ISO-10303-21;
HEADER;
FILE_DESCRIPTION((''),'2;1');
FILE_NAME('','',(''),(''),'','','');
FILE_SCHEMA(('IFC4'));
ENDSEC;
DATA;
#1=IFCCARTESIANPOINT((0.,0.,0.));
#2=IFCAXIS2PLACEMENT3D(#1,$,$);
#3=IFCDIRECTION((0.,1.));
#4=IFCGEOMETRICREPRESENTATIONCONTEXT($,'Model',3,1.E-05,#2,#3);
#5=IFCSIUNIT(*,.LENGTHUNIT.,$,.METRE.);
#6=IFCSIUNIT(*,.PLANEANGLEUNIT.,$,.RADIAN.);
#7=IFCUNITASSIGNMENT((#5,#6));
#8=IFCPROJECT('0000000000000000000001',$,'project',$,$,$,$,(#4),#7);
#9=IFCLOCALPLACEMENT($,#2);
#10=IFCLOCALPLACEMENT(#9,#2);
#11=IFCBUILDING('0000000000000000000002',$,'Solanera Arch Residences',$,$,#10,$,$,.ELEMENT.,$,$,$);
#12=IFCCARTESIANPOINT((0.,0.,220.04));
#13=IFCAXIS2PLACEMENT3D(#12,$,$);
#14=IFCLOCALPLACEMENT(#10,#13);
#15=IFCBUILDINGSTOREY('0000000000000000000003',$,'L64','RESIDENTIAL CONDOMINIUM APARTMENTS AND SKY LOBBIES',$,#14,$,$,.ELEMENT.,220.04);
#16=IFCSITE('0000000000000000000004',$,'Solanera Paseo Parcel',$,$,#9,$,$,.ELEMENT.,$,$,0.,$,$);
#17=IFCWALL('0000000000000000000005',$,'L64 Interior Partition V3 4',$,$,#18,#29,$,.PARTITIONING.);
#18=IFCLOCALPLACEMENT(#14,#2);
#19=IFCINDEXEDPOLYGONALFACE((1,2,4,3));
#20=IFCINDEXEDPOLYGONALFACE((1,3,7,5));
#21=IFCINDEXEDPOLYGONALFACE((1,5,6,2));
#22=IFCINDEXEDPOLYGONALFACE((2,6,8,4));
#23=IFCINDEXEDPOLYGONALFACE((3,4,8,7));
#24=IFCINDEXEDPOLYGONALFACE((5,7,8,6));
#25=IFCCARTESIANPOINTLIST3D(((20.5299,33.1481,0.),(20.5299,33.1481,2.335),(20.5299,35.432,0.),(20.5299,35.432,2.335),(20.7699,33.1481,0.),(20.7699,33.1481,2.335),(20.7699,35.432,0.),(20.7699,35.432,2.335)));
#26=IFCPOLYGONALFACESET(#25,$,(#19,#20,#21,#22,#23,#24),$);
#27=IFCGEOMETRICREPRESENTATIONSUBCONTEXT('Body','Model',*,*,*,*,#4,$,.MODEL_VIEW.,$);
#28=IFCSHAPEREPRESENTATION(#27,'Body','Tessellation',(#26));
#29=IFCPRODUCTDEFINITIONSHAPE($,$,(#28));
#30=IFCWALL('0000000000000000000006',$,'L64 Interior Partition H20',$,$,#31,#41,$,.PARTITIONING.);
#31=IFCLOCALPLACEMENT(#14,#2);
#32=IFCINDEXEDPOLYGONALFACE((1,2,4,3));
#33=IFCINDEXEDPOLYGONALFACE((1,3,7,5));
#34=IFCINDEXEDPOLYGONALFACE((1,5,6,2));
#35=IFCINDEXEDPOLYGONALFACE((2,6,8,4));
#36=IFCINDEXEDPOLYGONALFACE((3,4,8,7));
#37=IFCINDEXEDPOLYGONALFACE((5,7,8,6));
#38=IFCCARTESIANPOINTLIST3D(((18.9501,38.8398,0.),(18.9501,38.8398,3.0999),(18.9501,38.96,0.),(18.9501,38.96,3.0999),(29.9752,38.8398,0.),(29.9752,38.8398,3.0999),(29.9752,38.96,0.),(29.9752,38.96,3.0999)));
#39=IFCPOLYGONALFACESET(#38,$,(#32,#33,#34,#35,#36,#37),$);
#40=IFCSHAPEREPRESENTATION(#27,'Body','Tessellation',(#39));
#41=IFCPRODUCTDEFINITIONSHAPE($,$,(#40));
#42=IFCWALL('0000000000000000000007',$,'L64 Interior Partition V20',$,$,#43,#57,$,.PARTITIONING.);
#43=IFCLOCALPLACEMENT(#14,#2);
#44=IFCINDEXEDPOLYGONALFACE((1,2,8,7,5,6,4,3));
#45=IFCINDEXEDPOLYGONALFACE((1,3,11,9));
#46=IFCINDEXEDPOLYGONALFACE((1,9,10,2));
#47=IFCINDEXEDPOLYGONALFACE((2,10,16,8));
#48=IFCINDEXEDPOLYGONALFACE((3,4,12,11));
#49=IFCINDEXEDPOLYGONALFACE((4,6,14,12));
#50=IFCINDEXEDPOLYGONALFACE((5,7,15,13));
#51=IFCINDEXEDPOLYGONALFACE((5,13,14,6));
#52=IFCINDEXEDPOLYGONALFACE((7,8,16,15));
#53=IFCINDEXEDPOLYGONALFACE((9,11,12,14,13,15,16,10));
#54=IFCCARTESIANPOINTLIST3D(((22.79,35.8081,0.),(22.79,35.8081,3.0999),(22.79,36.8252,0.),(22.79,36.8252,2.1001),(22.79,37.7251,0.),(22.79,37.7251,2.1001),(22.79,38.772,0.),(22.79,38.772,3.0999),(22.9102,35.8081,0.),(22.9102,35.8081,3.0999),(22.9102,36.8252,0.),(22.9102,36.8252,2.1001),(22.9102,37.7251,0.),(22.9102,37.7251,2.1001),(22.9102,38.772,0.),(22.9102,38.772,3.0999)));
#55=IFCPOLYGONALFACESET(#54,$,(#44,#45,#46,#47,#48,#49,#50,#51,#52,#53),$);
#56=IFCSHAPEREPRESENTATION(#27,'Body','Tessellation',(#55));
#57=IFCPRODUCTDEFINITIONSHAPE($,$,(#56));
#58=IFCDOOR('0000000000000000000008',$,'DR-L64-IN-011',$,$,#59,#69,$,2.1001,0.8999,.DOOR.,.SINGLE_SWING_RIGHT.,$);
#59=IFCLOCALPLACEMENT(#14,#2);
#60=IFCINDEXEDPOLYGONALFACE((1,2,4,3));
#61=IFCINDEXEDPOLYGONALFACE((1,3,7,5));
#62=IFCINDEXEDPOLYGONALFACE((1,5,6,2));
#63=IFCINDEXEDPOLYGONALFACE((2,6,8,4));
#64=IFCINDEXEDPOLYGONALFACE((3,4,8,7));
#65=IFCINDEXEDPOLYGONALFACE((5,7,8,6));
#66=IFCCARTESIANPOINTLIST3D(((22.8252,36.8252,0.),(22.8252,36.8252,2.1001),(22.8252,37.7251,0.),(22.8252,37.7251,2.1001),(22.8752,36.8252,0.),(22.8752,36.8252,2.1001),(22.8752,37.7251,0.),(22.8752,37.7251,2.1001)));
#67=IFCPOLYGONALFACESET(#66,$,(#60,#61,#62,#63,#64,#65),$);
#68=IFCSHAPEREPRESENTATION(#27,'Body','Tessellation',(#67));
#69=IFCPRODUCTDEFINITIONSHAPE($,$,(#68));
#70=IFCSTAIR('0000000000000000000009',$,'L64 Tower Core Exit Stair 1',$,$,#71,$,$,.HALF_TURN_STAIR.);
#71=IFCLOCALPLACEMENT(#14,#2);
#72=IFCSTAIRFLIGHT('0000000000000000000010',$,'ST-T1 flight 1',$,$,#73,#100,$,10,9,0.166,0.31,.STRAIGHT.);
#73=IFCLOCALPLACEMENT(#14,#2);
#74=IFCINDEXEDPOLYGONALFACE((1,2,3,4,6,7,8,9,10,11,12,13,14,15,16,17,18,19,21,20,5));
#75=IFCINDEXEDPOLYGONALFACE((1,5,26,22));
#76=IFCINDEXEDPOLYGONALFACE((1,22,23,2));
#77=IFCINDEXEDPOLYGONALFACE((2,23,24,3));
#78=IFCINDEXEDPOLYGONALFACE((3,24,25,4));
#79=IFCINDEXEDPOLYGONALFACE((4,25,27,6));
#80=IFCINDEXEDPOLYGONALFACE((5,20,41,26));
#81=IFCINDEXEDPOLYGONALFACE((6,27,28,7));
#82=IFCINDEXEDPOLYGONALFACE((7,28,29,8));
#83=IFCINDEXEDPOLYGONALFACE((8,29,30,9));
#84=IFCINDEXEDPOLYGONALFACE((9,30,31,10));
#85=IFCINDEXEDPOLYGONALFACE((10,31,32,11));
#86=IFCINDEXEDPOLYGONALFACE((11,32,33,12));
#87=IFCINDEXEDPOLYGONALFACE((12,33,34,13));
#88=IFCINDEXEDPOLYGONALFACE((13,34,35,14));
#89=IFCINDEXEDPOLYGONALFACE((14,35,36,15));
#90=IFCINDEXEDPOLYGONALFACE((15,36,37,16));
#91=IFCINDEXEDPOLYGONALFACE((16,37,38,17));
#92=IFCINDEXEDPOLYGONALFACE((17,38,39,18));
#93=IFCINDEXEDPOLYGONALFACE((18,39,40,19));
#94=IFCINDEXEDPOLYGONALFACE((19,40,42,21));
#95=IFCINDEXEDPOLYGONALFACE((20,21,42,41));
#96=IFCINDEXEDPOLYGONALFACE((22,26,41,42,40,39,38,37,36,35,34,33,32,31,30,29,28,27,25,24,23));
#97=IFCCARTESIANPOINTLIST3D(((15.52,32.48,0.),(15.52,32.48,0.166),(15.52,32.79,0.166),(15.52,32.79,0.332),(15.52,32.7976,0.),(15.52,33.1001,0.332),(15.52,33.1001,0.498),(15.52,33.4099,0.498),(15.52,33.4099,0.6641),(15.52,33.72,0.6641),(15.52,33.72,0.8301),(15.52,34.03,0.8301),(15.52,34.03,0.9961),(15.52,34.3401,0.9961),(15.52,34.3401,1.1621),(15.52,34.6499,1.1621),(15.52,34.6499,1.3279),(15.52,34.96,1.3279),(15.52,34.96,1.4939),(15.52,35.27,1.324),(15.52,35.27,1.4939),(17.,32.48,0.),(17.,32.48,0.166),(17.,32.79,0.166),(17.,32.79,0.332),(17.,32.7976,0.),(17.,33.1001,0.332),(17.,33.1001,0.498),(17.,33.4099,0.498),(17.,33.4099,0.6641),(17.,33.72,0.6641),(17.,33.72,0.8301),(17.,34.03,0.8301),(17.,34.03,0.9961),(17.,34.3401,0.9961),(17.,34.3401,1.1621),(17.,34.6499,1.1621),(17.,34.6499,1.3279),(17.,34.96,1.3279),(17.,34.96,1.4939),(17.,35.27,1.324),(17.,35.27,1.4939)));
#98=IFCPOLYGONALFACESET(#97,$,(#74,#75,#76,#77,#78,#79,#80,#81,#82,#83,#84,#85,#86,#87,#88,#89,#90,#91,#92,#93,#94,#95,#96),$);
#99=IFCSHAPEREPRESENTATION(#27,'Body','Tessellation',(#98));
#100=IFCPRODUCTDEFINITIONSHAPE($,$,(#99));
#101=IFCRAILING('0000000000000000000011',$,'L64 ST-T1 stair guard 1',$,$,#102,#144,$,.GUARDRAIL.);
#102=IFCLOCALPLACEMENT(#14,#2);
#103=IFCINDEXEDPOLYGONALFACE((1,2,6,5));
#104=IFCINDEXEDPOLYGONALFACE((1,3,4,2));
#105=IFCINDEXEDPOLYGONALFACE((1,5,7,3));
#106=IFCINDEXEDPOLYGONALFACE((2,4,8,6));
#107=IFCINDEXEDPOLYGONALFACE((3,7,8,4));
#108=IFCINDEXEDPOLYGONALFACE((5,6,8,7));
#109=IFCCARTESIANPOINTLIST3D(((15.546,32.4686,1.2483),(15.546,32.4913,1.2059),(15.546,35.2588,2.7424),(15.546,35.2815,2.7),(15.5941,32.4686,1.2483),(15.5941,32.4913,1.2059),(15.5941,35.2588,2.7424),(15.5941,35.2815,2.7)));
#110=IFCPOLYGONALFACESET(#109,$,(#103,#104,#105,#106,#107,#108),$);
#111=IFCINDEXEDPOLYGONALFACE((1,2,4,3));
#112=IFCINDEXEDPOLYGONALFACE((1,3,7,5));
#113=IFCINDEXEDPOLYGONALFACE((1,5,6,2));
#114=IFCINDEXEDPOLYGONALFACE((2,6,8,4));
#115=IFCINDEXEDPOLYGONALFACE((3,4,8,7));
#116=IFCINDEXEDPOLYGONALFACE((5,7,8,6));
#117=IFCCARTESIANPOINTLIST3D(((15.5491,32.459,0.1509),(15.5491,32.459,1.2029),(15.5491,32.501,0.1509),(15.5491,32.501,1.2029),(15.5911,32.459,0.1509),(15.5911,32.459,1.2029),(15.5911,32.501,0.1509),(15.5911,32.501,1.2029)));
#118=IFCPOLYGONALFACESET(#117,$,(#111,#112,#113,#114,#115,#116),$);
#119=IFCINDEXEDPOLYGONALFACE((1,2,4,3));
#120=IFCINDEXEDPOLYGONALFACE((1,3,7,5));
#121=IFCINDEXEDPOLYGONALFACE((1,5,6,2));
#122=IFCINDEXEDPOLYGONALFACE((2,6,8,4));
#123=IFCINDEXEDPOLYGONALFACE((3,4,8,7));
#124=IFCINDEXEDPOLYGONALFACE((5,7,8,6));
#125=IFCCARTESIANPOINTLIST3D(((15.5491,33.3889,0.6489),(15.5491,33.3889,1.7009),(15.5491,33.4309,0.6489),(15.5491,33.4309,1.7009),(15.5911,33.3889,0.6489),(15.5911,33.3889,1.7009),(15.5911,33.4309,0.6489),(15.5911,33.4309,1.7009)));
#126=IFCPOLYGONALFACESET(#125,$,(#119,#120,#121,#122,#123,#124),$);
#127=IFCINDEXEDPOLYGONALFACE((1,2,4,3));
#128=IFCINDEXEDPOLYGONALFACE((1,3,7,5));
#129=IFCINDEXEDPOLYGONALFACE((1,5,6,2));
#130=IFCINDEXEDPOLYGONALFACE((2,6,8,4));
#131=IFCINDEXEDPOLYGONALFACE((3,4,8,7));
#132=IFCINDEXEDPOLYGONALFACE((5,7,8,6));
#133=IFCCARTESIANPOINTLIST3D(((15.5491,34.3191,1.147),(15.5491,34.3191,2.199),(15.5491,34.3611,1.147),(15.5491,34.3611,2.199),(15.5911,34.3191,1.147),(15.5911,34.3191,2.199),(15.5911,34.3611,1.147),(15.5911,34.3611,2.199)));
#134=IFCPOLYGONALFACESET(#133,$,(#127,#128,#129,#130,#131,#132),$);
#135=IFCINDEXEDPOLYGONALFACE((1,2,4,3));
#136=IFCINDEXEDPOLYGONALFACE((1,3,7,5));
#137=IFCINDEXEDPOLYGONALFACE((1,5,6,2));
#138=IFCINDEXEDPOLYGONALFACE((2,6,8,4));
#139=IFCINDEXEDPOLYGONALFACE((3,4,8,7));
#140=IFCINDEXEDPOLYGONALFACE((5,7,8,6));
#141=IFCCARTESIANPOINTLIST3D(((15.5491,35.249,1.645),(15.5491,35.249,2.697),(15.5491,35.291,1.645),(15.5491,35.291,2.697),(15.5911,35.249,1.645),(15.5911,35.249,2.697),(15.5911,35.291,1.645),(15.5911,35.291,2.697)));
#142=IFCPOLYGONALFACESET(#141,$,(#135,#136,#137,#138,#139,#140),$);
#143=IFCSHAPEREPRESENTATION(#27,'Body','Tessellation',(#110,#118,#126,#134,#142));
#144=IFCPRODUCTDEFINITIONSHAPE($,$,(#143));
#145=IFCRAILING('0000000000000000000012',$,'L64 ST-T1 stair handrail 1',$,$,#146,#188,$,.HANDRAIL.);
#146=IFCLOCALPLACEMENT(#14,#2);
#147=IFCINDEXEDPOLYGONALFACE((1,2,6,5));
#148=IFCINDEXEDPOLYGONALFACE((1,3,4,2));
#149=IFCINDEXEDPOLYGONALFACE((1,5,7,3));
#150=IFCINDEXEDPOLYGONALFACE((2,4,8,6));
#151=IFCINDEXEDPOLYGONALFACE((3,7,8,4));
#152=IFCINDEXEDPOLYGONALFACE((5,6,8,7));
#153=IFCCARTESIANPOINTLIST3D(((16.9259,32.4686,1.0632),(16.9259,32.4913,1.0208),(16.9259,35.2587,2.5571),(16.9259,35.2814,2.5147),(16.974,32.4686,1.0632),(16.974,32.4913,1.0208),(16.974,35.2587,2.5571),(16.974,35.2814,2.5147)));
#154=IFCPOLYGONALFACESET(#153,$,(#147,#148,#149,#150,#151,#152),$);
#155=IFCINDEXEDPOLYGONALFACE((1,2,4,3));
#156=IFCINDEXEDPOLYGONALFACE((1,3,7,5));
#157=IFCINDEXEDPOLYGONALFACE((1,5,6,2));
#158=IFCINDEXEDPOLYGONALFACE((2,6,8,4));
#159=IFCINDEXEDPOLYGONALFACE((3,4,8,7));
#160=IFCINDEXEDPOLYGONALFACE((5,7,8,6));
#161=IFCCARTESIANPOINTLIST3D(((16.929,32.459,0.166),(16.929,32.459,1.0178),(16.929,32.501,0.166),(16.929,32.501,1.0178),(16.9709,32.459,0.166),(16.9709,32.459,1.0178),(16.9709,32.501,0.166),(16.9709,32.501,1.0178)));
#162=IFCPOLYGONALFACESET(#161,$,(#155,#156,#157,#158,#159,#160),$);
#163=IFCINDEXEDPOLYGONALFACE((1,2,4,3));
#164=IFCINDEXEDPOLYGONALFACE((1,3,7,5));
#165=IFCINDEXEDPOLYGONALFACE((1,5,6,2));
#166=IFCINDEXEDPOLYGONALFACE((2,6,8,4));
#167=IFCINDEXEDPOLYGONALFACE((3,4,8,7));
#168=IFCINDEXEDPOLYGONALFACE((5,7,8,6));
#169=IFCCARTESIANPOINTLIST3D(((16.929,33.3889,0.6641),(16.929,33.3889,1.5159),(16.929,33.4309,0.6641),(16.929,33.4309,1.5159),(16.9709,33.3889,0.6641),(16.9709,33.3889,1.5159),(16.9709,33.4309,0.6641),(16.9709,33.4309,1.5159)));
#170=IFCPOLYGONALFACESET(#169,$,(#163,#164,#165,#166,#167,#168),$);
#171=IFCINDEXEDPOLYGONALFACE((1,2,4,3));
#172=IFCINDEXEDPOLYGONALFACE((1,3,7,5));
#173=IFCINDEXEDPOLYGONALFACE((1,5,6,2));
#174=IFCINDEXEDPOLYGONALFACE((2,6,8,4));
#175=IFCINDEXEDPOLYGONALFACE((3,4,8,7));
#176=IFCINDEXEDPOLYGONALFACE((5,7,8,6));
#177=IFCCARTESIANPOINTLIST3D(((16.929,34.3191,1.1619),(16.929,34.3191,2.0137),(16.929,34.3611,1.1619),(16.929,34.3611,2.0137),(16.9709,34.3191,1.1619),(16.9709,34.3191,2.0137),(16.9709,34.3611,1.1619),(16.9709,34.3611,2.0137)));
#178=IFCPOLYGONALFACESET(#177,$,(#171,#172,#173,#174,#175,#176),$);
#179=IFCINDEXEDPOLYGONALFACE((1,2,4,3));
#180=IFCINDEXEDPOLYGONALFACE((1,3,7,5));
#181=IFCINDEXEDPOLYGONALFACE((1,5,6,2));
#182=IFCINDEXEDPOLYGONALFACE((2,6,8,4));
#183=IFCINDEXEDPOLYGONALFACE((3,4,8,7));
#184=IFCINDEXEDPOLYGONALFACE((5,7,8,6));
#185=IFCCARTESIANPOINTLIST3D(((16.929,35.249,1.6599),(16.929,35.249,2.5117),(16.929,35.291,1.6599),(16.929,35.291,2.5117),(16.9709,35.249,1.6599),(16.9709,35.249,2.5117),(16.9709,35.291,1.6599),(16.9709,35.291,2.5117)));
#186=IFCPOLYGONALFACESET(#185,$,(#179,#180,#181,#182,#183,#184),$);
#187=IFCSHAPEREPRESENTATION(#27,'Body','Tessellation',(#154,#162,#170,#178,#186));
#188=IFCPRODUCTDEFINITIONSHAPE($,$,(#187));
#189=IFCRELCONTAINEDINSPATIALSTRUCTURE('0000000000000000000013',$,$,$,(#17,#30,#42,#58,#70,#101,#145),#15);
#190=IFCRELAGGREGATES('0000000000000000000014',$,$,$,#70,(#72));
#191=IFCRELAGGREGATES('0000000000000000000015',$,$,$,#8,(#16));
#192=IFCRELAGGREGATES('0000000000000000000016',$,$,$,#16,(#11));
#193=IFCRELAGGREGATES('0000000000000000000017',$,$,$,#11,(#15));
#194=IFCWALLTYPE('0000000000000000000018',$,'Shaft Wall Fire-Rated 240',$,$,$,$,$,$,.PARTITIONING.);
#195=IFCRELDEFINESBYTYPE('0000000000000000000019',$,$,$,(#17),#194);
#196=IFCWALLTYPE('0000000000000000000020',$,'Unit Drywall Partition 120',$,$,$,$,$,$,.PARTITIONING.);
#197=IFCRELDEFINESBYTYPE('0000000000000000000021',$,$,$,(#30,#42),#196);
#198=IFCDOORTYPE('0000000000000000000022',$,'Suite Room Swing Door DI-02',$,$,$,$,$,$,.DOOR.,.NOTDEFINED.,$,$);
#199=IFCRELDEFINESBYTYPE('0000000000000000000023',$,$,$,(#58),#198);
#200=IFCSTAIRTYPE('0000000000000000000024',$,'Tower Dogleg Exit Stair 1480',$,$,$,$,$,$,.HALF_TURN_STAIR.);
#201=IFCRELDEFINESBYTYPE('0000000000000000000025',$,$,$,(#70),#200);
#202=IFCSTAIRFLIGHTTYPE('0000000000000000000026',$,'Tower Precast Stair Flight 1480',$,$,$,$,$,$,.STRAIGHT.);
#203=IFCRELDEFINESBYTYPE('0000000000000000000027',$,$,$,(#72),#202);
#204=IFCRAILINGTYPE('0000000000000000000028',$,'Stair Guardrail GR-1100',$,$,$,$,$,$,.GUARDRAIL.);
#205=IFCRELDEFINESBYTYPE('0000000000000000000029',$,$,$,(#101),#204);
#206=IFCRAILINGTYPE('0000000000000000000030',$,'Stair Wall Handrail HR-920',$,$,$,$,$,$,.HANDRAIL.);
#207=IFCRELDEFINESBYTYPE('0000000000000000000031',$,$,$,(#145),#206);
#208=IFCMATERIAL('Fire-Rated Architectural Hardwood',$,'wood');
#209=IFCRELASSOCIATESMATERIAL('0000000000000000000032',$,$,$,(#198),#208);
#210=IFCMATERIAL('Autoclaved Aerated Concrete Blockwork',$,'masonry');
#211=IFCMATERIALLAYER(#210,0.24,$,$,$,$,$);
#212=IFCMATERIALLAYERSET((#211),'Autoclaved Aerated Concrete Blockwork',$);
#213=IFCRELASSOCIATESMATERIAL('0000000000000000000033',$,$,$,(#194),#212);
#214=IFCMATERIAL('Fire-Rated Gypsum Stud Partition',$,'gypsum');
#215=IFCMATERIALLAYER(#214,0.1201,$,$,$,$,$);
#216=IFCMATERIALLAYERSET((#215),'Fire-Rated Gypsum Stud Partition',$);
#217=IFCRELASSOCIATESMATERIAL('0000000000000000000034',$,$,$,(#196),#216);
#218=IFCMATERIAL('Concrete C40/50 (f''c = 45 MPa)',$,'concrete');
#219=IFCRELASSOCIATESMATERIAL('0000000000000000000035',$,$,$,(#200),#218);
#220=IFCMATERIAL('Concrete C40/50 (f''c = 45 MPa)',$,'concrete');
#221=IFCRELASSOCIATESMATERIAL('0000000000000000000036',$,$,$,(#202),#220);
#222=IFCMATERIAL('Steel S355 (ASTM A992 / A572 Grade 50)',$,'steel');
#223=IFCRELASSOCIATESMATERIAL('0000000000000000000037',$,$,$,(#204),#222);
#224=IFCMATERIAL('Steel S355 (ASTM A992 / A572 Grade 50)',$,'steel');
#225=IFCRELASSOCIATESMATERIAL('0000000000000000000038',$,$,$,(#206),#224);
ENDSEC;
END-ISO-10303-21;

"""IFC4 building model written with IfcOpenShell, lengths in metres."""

from ifc_helpers import new_model, si_unit, direction, frame, frame_2d, origin, origin_2d, place, context, subcontext, project, spatial, polyline, rectangle, outline, extrude, material, layer, layer_set, type_object, element, fill, aggregate, save


model = new_model("IFC4")

# Units and contexts
model_context = context("Model", 3, precision=1e-05, world=origin(), true_north=direction((0.0, 1.0)))
body_context = subcontext(model_context, "Body", "Model", "MODEL_VIEW")
ifc_project = project(units=[si_unit("LENGTHUNIT", "METRE"), si_unit("PLANEANGLEUNIT", "RADIAN")], contexts=[model_context])

# Site, building, storey
site_placement = place(None, origin())
site = spatial("IfcSite", under=ifc_project, at=site_placement, Name="Solanera Paseo Parcel", CompositionType="ELEMENT", RefElevation=0.0)
building_placement = place(site_placement, origin())
building = spatial("IfcBuilding", under=site, at=building_placement, Name="Solanera Arch Residences", CompositionType="ELEMENT")
storey_placement = place(building_placement, frame((0.0, 0.0, 220.04)))
storey = spatial("IfcBuildingStorey", under=building, at=storey_placement, Name="L64", Description="RESIDENTIAL CONDOMINIUM APARTMENTS AND SKY LOBBIES", CompositionType="ELEMENT", Elevation=220.04)

# Shared definitions
ifc_material_1 = material(Name="Fire-Rated Architectural Hardwood", Category="wood")
door_type_1 = type_object("IfcDoorType", Name="Suite Room Swing Door DI-02", OperationType="NOTDEFINED", PredefinedType="DOOR", material=ifc_material_1)

# Shared definitions
ifc_material_2 = material(Name="Autoclaved Aerated Concrete Blockwork", Category="masonry")
ifc_layer_1 = layer(ifc_material_2, 0.24)
ifc_layer_set_1 = layer_set([ifc_layer_1], Name="Autoclaved Aerated Concrete Blockwork")
wall_type_1 = type_object("IfcWallType", Name="Shaft Wall Fire-Rated 240", PredefinedType="PARTITIONING", material=ifc_layer_set_1)

# Walls
wall_1_placement = place(storey_placement, frame((20.6499, 33.1479, 0.0), z_axis=(0.0, 0.0, 1.0), x_axis=(0.0, 1.0, 0.0)))
element("IfcWall", 1, at=wall_1_placement, inside=storey, type_object=wall_type_1, Name="L64 Interior Partition V3 4", PredefinedType="PARTITIONING", context=body_context, shape_type="SweptSolid", body=[
    extrude(rectangle(XDim=2.2839, YDim=0.24, at=frame_2d((1.1421, 0.0))), origin(), (0.0, 0.0, 1.0), 2.335),
])
ifc_material_3 = material(Name="Fire-Rated Gypsum Stud Partition", Category="gypsum")
ifc_layer_2 = layer(ifc_material_3, 0.1201)
ifc_layer_set_2 = layer_set([ifc_layer_2], Name="Fire-Rated Gypsum Stud Partition")
wall_type_2 = type_object("IfcWallType", Name="Unit Drywall Partition 120", PredefinedType="PARTITIONING", material=ifc_layer_set_2)
wall_2_placement = place(storey_placement, frame((18.95, 38.8999, 0.0), z_axis=(0.0, 0.0, 1.0), x_axis=(1.0, 0.0, 0.0)))
element("IfcWall", 2, at=wall_2_placement, inside=storey, type_object=wall_type_2, Name="L64 Interior Partition H20", PredefinedType="PARTITIONING", context=body_context, shape_type="SweptSolid", body=[
    extrude(rectangle(XDim=11.0251, YDim=0.1201, at=frame_2d((5.5127, 0.0))), origin(), (0.0, 0.0, 1.0), 3.0999),
])

# Wall, opening, door
wall_3_placement = place(storey_placement, frame((22.8501, 35.8081, 0.0), z_axis=(0.0, 0.0, 1.0), x_axis=(0.0, 1.0, 0.0)))
wall_3 = element("IfcWall", 3, at=wall_3_placement, inside=storey, type_object=wall_type_2, Name="L64 Interior Partition V20", PredefinedType="PARTITIONING", context=body_context, shape_type="SweptSolid", body=[
    extrude(rectangle(XDim=2.9639, YDim=0.1201, at=frame_2d((1.4819, 0.0))), origin(), (0.0, 0.0, 1.0), 3.0999),
])
opening_1_placement = place(wall_3_placement, frame((1.0171, 0.0, 0.0)))
opening_1 = element("IfcOpeningElement", 4, at=opening_1_placement, cuts=wall_3, PredefinedType="OPENING", context=body_context, shape_type="SweptSolid", body=[
    extrude(rectangle(XDim=0.8999, YDim=2.1001, at=frame_2d((0.45, 1.05))), frame((0.0, 0.0701, 0.0), z_axis=(0.0, -1.0, 0.0), x_axis=(1.0, 0.0, 0.0)), (0.0, 0.0, 1.0), 0.1401),
])
door_1_placement = place(opening_1_placement, origin())
door_1 = element("IfcDoor", 5, at=door_1_placement, inside=storey, type_object=door_type_1, Name="DR-L64-IN-011", OperationType="SINGLE_SWING_RIGHT", OverallHeight=2.1001, OverallWidth=0.8999, PredefinedType="DOOR", context=body_context, shape_type="SweptSolid", body=[
    extrude(rectangle(XDim=0.8999, YDim=2.1001, at=frame_2d((0.45, 1.05))), frame((0.0, 0.0249, 0.0), z_axis=(0.0, -1.0, 0.0), x_axis=(1.0, 0.0, 0.0)), (0.0, 0.0, 1.0), 0.05),
])
fill(opening_1, door_1)

# Stair, stair flight
ifc_material_4 = material(Name="Concrete C40/50 (f'c = 45 MPa)", Category="concrete")
stair_type = type_object("IfcStairType", Name="Tower Dogleg Exit Stair 1480", PredefinedType="HALF_TURN_STAIR", material=ifc_material_4)
stair_placement = place(storey_placement, origin())
stair = element("IfcStair", 6, at=stair_placement, inside=storey, type_object=stair_type, Name="L64 Tower Core Exit Stair 1", PredefinedType="HALF_TURN_STAIR")
ifc_material_5 = material(Name="Concrete C40/50 (f'c = 45 MPa)", Category="concrete")
stair_flight_type = type_object("IfcStairFlightType", Name="Tower Precast Stair Flight 1480", PredefinedType="STRAIGHT", material=ifc_material_5)
stair_flight_placement = place(storey_placement, frame((16.26, 32.48, 0.0), z_axis=(0.0, 0.0, 1.0), x_axis=(0.0, 1.0, 0.0)))
stair_flight = element("IfcStairFlight", 7, at=stair_flight_placement, type_object=stair_flight_type, Name="ST-T1 flight 1", NumberOfRisers=10, NumberOfTreads=9, PredefinedType="STRAIGHT", RiserHeight=0.166, TreadLength=0.31, context=body_context, shape_type="SweptSolid", body=[
    extrude(outline(polyline([(0.0, 0.0), (0.0, 0.166), (0.3101, 0.166), (0.3101, 0.332), (0.6201, 0.332), (0.6201, 0.498), (0.9299, 0.498), (0.9299, 0.6641), (1.24, 0.6641), (1.24, 0.8301), (1.55, 0.8301), (1.55, 0.9961), (1.8601, 0.9961), (1.8601, 1.1621), (2.1699, 1.1621), (2.1699, 1.3279), (2.48, 1.3279), (2.48, 1.4939), (2.79, 1.4939), (2.79, 1.6599), (2.79, 1.324), (0.3176, 0.0), (0.0, 0.0)])), frame((0.0, 0.74, 0.0), z_axis=(0.0, -1.0, 0.0), x_axis=(1.0, 0.0, 0.0)), (0.0, 0.0, 1.0), 1.48),
])
aggregate(stair, [stair_flight])

# Railings
ifc_material_6 = material(Name="Steel S355 (ASTM A992 / A572 Grade 50)", Category="steel")
railing_type_1 = type_object("IfcRailingType", Name="Stair Guardrail GR-1100", PredefinedType="GUARDRAIL", material=ifc_material_6)
railing_1_placement = place(storey_placement, frame((15.5701, 32.48, 0.1509)))
element("IfcRailing", 8, at=railing_1_placement, inside=storey, type_object=railing_type_1, Name="L64 ST-T1 stair guard 1", PredefinedType="GUARDRAIL", context=body_context, shape_type="SweptSolid", body=[
    extrude(rectangle(XDim=0.0481, YDim=0.0481, at=origin_2d()), frame((0.0, 0.0, 1.0762), z_axis=(0.0, 0.881549, 0.472093), x_axis=(-1.0, 0.0, 0.0)), (0.0, 0.0, 1.0), 3.165),
    extrude(rectangle(XDim=0.042, YDim=0.042, at=origin_2d()), origin(), (0.0, 0.0, 1.0), 1.052),
    extrude(rectangle(XDim=0.042, YDim=0.042, at=origin_2d()), frame((0.0, 0.9299, 0.498)), (0.0, 0.0, 1.0), 1.052),
    extrude(rectangle(XDim=0.042, YDim=0.042, at=origin_2d()), frame((0.0, 1.8601, 0.9961)), (0.0, 0.0, 1.0), 1.052),
    extrude(rectangle(XDim=0.042, YDim=0.042, at=origin_2d()), frame((0.0, 2.79, 1.4941)), (0.0, 0.0, 1.0), 1.052),
])
ifc_material_7 = material(Name="Steel S355 (ASTM A992 / A572 Grade 50)", Category="steel")
railing_type_2 = type_object("IfcRailingType", Name="Stair Wall Handrail HR-920", PredefinedType="HANDRAIL", material=ifc_material_7)
railing_2_placement = place(storey_placement, frame((16.95, 32.48, 0.166)))
element("IfcRailing", 9, at=railing_2_placement, inside=storey, type_object=railing_type_2, Name="L64 ST-T1 stair handrail 1", PredefinedType="HANDRAIL", context=body_context, shape_type="SweptSolid", body=[
    extrude(rectangle(XDim=0.0481, YDim=0.0481, at=origin_2d()), frame((0.0, 0.0, 0.876), z_axis=(0.0, 0.881581, 0.472033), x_axis=(-1.0, 0.0, 0.0)), (0.0, 0.0, 1.0), 3.1648),
    extrude(rectangle(XDim=0.042, YDim=0.042, at=origin_2d()), origin(), (0.0, 0.0, 1.0), 0.8518),
    extrude(rectangle(XDim=0.042, YDim=0.042, at=origin_2d()), frame((0.0, 0.9299, 0.498)), (0.0, 0.0, 1.0), 0.8518),
    extrude(rectangle(XDim=0.042, YDim=0.042, at=origin_2d()), frame((0.0, 1.8601, 0.9958)), (0.0, 0.0, 1.0), 0.8518),
    extrude(rectangle(XDim=0.042, YDim=0.042, at=origin_2d()), frame((0.0, 2.79, 1.4939)), (0.0, 0.0, 1.0), 0.8518),
])

save(model, "model.ifc")
